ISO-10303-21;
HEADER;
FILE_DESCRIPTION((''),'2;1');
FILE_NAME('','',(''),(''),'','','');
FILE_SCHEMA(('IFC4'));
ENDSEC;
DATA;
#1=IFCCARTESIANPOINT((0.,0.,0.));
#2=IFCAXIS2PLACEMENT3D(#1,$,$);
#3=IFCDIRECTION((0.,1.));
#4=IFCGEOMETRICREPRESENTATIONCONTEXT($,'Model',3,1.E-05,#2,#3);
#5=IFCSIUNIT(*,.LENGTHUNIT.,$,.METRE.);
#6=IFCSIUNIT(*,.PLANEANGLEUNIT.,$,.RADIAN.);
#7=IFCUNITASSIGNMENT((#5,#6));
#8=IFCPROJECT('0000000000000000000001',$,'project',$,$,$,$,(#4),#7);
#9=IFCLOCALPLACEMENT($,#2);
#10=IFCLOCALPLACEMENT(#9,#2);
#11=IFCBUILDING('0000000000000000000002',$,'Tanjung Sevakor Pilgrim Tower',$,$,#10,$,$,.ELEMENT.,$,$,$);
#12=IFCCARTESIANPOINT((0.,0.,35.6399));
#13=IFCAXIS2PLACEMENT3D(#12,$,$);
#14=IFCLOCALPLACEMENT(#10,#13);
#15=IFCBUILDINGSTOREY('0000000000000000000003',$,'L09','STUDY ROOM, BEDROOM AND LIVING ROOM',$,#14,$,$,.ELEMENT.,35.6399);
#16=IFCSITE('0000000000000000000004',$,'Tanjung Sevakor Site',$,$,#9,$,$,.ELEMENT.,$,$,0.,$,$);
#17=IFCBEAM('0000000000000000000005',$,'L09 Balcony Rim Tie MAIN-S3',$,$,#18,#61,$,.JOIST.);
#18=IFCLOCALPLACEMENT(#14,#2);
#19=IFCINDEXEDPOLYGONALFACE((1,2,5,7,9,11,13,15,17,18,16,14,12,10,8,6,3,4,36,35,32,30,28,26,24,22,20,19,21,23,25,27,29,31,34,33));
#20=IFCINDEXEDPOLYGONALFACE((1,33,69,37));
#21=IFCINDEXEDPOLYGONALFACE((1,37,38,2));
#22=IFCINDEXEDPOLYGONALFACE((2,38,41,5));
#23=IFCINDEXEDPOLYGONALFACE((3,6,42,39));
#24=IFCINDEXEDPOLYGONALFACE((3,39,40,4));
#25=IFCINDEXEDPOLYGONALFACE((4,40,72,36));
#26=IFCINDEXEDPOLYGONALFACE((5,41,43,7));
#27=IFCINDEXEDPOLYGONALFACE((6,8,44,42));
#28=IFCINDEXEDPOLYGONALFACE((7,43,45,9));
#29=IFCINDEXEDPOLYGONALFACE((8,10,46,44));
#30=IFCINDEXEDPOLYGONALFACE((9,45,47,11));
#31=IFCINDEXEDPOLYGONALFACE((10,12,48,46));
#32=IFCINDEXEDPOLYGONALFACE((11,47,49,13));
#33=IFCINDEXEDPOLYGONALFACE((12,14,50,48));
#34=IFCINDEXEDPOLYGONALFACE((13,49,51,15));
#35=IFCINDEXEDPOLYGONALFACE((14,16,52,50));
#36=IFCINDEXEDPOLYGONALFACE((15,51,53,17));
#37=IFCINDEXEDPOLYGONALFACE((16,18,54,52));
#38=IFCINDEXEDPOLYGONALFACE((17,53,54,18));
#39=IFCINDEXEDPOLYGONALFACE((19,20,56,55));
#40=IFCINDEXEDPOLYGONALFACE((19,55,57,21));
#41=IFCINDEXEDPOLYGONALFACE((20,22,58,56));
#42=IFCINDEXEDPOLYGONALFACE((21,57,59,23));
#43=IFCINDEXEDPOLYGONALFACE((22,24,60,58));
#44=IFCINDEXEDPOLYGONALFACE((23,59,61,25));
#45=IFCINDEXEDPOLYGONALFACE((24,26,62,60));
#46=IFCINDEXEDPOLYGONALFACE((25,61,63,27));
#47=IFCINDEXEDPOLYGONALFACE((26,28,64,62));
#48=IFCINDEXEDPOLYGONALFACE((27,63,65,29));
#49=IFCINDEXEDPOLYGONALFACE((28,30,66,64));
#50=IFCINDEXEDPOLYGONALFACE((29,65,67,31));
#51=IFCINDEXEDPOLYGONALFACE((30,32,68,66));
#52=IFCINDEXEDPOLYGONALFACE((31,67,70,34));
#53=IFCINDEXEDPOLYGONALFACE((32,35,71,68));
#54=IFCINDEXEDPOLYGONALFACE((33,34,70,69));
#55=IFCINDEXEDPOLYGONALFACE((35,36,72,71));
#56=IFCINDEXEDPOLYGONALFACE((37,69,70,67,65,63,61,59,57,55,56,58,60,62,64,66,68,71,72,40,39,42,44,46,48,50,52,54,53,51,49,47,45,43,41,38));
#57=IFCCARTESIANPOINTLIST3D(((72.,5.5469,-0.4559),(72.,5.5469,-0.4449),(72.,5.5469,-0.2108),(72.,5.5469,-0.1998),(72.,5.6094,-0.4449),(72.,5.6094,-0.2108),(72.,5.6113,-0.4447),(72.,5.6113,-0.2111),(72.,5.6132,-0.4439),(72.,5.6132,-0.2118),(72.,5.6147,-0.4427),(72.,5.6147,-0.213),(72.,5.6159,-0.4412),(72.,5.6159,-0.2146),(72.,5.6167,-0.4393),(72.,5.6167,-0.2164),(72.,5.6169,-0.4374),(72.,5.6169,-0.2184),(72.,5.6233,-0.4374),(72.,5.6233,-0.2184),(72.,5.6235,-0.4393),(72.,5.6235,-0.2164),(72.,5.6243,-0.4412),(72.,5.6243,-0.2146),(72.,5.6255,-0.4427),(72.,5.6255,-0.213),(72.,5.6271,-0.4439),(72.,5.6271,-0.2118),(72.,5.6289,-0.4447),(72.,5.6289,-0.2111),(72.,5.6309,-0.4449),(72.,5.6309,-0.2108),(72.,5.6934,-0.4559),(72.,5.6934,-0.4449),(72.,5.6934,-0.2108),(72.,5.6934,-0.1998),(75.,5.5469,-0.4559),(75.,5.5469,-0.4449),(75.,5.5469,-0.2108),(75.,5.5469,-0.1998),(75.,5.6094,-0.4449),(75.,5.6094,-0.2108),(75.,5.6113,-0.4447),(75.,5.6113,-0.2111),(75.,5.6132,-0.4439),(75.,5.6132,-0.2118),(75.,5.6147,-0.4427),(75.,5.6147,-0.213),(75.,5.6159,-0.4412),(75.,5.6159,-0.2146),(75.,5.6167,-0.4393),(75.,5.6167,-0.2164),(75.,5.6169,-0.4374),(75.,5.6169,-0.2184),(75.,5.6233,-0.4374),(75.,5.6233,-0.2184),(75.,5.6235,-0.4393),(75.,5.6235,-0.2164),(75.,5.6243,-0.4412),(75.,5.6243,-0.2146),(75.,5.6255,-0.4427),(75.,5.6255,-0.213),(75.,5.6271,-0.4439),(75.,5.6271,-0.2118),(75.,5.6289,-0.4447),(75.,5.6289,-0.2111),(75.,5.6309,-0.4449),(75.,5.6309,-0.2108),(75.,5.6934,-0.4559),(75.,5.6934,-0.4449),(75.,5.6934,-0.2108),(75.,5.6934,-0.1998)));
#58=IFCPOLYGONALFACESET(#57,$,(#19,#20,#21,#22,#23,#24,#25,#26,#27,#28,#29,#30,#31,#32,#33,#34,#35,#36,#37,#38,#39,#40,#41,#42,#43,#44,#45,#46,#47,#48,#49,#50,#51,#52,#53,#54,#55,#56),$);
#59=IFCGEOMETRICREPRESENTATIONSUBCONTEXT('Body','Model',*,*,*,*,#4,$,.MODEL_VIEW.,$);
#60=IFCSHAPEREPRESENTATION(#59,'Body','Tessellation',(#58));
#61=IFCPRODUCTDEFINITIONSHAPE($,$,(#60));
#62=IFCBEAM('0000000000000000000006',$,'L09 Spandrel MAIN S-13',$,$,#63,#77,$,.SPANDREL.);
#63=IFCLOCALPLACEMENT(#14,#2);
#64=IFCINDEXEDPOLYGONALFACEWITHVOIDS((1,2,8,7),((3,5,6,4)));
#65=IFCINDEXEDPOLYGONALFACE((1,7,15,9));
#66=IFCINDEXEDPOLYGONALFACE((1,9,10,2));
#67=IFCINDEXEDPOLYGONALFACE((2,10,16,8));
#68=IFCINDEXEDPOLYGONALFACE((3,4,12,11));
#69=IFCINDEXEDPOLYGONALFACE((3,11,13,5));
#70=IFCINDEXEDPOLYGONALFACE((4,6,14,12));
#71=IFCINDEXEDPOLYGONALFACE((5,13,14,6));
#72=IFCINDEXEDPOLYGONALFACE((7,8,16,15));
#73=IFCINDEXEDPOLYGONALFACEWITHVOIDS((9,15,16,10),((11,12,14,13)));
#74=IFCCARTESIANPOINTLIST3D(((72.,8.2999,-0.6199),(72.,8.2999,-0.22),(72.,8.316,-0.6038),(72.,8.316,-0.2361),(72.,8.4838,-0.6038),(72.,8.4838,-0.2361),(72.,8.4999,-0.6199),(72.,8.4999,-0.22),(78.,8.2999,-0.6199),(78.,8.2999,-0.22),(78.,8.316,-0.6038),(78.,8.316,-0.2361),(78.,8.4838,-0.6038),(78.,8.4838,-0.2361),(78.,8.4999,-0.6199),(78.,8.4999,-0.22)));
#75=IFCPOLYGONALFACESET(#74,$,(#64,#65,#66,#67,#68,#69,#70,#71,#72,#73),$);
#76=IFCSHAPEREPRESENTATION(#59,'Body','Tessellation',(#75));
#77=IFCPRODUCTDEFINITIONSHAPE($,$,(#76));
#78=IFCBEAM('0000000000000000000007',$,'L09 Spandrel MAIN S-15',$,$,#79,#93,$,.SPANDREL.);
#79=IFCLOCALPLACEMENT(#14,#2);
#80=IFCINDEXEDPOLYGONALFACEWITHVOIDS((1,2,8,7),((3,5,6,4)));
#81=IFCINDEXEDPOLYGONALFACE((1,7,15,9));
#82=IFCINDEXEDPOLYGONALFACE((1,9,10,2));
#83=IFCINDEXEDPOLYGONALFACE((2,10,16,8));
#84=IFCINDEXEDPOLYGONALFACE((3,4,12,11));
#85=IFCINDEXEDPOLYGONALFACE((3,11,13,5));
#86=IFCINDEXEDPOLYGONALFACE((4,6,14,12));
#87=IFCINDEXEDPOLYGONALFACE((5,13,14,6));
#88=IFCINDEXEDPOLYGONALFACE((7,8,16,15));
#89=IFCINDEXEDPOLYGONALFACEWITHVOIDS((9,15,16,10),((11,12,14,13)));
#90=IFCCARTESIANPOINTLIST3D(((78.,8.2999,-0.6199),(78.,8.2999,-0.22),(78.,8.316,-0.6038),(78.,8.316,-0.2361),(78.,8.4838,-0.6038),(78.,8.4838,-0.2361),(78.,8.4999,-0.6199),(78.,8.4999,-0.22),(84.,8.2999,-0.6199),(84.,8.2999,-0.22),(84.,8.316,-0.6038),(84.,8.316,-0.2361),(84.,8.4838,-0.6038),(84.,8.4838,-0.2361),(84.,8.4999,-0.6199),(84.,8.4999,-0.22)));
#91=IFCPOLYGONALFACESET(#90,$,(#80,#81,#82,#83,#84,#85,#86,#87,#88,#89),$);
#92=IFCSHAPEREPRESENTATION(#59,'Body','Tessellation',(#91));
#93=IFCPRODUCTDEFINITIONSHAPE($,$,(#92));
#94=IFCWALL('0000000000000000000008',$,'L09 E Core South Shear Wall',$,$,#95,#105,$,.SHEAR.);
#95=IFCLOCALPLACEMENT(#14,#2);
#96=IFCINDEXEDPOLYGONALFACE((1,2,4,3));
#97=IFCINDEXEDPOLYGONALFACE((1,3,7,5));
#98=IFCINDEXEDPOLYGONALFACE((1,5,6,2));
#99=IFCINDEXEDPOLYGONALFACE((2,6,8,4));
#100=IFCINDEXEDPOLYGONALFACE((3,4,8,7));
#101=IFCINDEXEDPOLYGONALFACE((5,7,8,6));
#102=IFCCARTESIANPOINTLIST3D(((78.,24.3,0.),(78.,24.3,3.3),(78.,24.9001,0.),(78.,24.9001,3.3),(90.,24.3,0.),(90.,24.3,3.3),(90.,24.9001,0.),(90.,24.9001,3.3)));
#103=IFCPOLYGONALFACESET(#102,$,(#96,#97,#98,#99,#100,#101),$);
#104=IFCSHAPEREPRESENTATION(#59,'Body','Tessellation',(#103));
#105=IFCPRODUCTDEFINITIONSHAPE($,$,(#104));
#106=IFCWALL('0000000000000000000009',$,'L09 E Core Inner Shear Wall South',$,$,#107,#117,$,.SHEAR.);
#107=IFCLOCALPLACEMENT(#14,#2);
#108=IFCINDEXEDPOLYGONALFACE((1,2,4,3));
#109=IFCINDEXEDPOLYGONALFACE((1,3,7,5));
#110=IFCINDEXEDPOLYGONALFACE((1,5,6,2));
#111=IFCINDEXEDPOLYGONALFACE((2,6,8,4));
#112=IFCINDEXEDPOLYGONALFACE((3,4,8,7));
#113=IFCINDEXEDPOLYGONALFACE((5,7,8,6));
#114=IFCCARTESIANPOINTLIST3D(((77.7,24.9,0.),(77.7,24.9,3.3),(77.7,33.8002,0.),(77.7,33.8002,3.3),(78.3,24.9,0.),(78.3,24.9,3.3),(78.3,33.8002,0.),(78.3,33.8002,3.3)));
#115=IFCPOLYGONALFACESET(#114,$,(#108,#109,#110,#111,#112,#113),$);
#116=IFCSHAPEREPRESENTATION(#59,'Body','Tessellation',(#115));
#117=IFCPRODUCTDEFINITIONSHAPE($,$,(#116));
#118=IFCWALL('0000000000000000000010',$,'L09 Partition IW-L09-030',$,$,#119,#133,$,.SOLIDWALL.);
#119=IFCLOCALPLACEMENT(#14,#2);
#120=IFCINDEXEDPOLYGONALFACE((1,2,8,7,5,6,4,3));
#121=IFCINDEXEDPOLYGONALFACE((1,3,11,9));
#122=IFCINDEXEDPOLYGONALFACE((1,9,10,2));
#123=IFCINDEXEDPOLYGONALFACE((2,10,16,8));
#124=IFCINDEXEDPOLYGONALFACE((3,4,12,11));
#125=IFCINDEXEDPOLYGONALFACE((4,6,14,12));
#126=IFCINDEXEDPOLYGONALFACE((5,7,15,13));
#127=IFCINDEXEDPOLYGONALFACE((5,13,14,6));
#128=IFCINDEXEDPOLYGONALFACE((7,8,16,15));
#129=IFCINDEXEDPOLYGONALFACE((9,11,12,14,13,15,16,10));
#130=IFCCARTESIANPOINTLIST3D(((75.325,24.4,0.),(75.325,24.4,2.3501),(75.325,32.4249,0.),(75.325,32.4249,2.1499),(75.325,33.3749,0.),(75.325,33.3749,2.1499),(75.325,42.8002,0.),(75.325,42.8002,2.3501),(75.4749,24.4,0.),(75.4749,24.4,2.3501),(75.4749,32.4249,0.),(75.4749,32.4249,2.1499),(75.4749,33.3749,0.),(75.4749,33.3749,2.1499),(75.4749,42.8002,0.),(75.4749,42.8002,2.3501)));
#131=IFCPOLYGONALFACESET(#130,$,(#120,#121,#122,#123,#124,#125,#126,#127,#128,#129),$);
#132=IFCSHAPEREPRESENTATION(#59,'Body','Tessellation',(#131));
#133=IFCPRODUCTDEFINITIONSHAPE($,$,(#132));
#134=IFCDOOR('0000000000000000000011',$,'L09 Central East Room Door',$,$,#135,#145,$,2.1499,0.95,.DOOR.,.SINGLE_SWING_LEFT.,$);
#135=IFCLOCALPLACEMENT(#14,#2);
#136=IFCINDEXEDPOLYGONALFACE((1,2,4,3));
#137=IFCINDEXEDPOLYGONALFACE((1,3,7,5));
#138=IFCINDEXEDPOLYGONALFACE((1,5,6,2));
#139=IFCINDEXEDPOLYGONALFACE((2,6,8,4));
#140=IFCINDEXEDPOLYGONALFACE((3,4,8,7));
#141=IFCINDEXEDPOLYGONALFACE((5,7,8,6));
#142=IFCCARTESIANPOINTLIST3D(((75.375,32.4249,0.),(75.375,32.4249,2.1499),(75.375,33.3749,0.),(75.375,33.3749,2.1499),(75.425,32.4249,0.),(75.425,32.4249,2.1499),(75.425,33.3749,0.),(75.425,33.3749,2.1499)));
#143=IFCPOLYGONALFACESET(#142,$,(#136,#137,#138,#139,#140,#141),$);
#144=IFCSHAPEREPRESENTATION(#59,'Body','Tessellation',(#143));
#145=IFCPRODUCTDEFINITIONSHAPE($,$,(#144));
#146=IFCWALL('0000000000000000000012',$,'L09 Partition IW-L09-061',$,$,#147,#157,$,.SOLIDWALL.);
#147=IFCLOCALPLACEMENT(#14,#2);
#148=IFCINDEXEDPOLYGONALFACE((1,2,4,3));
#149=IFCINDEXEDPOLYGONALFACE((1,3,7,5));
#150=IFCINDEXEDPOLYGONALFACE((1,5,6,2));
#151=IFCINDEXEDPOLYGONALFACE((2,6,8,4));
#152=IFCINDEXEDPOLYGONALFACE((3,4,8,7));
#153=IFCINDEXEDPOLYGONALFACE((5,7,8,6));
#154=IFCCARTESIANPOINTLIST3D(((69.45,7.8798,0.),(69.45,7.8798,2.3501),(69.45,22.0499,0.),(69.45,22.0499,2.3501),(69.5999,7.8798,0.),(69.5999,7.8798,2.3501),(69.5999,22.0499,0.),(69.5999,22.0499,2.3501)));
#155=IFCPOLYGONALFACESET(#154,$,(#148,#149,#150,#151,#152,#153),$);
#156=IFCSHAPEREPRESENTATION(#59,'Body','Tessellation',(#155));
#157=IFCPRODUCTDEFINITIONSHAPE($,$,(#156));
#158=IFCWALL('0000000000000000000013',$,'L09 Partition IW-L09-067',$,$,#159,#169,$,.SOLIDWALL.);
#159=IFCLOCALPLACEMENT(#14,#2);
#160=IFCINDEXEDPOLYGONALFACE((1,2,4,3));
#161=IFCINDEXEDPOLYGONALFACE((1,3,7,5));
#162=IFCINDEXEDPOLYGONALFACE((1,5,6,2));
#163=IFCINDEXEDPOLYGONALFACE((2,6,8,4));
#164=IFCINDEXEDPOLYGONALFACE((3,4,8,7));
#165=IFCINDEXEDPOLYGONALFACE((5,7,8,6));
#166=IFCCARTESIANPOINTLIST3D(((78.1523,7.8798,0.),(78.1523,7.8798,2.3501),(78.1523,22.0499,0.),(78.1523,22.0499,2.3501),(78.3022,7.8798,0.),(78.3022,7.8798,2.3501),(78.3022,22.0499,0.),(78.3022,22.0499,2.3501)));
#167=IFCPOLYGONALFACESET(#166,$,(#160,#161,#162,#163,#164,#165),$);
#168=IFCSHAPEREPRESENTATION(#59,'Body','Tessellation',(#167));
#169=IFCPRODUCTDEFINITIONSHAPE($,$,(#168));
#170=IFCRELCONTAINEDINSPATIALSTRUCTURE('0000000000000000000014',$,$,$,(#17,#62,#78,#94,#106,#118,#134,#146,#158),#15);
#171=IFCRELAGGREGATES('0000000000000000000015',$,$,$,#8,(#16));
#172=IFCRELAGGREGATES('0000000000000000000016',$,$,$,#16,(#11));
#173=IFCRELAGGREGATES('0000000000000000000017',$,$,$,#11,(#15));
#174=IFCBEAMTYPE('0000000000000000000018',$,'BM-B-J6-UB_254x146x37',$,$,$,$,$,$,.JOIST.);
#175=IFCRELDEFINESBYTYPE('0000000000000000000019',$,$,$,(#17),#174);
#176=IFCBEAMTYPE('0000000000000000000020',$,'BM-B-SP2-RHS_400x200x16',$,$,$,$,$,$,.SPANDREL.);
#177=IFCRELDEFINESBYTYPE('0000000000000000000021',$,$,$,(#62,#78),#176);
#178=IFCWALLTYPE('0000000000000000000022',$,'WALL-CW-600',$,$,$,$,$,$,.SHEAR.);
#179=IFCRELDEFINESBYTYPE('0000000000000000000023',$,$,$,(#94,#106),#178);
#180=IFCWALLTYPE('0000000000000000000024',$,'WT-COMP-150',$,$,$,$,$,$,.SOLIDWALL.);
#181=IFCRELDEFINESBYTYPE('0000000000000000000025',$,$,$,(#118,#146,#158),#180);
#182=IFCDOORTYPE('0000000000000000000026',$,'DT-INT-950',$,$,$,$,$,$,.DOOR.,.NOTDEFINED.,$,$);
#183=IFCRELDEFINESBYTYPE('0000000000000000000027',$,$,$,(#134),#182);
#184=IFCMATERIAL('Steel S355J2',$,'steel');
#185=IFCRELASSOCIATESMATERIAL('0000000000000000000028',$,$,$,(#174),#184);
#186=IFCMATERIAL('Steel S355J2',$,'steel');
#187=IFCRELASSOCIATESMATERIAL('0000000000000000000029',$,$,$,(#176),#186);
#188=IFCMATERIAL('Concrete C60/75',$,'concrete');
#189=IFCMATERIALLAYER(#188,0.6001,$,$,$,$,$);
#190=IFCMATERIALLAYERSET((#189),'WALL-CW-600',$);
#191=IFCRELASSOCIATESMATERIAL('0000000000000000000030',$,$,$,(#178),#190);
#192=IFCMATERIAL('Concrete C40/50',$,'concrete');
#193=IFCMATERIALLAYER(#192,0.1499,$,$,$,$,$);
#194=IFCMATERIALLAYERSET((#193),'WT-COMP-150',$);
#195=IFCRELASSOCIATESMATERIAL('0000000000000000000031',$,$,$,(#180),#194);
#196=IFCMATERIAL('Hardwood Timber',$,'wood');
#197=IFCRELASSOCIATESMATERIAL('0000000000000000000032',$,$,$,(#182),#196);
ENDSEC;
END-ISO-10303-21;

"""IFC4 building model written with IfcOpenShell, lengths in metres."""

from ifc_helpers import new_model, si_unit, direction, frame, frame_2d, origin, origin_2d, place, context, subcontext, project, spatial, rectangle, hollow_rectangle, i_section, extrude, material, layer, layer_set, material_profile, profile_set, type_object, element, fill, save


model = new_model("IFC4")

# Units and contexts
model_context = context("Model", 3, precision=1e-05, world=origin(), true_north=direction((0.0, 1.0)))
body_context = subcontext(model_context, "Body", "Model", "MODEL_VIEW")
ifc_project = project(units=[si_unit("LENGTHUNIT", "METRE"), si_unit("PLANEANGLEUNIT", "RADIAN")], contexts=[model_context])

# Site, building, storey
site_placement = place(None, origin())
site = spatial("IfcSite", under=ifc_project, at=site_placement, Name="Tanjung Sevakor Site", CompositionType="ELEMENT", RefElevation=0.0)
building_placement = place(site_placement, origin())
building = spatial("IfcBuilding", under=site, at=building_placement, Name="Tanjung Sevakor Pilgrim Tower", CompositionType="ELEMENT")
storey_placement = place(building_placement, frame((0.0, 0.0, 35.6399)))
storey = spatial("IfcBuildingStorey", under=building, at=storey_placement, Name="L09", Description="STUDY ROOM, BEDROOM AND LIVING ROOM", CompositionType="ELEMENT", Elevation=35.6399)

# Beams
ifc_material_1 = material(Name="Steel S355J2", Category="steel")
ifc_material_profile_1 = material_profile(ifc_material_1, i_section(OverallWidth=0.1465, OverallDepth=0.2561, WebThickness=0.0063, FlangeThickness=0.011, FilletRadius=0.0076, at=origin_2d()))
ifc_profile_set_1 = profile_set([ifc_material_profile_1], Name="Steel S355J2")
beam_type_1 = type_object("IfcBeamType", Name="BM-B-J6-UB_254x146x37", PredefinedType="JOIST", material=ifc_profile_set_1)
beam_1_placement = place(storey_placement, frame((72.0, 5.6201, -0.3279), z_axis=(1.0, 0.0, 0.0), x_axis=(0.0, 1.0, 0.0)))
element("IfcBeam", 1, at=beam_1_placement, inside=storey, type_object=beam_type_1, Name="L09 Balcony Rim Tie MAIN-S3", PredefinedType="JOIST", context=body_context, shape_type="SweptSolid", body=[
    extrude(i_section(OverallWidth=0.1465, OverallDepth=0.2561, WebThickness=0.0063, FlangeThickness=0.011, FilletRadius=0.0076, at=origin_2d()), origin(), (0.0, 0.0, 1.0), 3.0),
])
ifc_material_2 = material(Name="Steel S355J2", Category="steel")
ifc_material_profile_2 = material_profile(ifc_material_2, hollow_rectangle(XDim=0.2, YDim=0.3999, WallThickness=0.0161, at=origin_2d()))
ifc_profile_set_2 = profile_set([ifc_material_profile_2], Name="Steel S355J2")
beam_type_2 = type_object("IfcBeamType", Name="BM-B-SP2-RHS_400x200x16", PredefinedType="SPANDREL", material=ifc_profile_set_2)
for number, where, z_axis, x_axis, name in (
    (2, (72.0, 8.3999, -0.4199), (1.0, 0.0, 0.0), (0.0, 1.0, 0.0), "L09 Spandrel MAIN S-13"),
    (3, (78.0, 8.3999, -0.4199), (1.0, 0.0, 0.0), (0.0, 1.0, 0.0), "L09 Spandrel MAIN S-15"),
):
    element("IfcBeam", number, at=place(storey_placement, frame(where, z_axis=z_axis, x_axis=x_axis)), inside=storey, type_object=beam_type_2, Name=name, PredefinedType="SPANDREL", context=body_context, shape_type="SweptSolid", body=[
        extrude(hollow_rectangle(XDim=0.2, YDim=0.3999, WallThickness=0.0161, at=origin_2d()), origin(), (0.0, 0.0, 1.0), 6.0),
    ])

# Walls
ifc_material_3 = material(Name="Concrete C60/75", Category="concrete")
ifc_layer_1 = layer(ifc_material_3, 0.6001)
ifc_layer_set_1 = layer_set([ifc_layer_1], Name="WALL-CW-600")
wall_type_1 = type_object("IfcWallType", Name="WALL-CW-600", PredefinedType="SHEAR", material=ifc_layer_set_1)
wall_1_placement = place(storey_placement, frame((78.0, 24.6001, 0.0), z_axis=(0.0, 0.0, 1.0), x_axis=(1.0, 0.0, 0.0)))
element("IfcWall", 4, at=wall_1_placement, inside=storey, type_object=wall_type_1, Name="L09 E Core South Shear Wall", PredefinedType="SHEAR", context=body_context, shape_type="SweptSolid", body=[
    extrude(rectangle(XDim=12.0, YDim=0.6001, at=frame_2d((6.0, 0.0))), origin(), (0.0, 0.0, 1.0), 3.3),
])
wall_2_placement = place(storey_placement, frame((78.0, 24.8999, 0.0), z_axis=(0.0, 0.0, 1.0), x_axis=(0.0, 1.0, 0.0)))
element("IfcWall", 5, at=wall_2_placement, inside=storey, type_object=wall_type_1, Name="L09 E Core Inner Shear Wall South", PredefinedType="SHEAR", context=body_context, shape_type="SweptSolid", body=[
    extrude(rectangle(XDim=8.9001, YDim=0.6001, at=frame_2d((4.4502, 0.0))), origin(), (0.0, 0.0, 1.0), 3.3),
])

# Wall, opening, door
ifc_material_4 = material(Name="Concrete C40/50", Category="concrete")
ifc_layer_2 = layer(ifc_material_4, 0.1499)
ifc_layer_set_2 = layer_set([ifc_layer_2], Name="WT-COMP-150")
wall_type_2 = type_object("IfcWallType", Name="WT-COMP-150", PredefinedType="SOLIDWALL", material=ifc_layer_set_2)
wall_3_placement = place(storey_placement, frame((75.3999, 24.3999, 0.0), z_axis=(0.0, 0.0, 1.0), x_axis=(0.0, 1.0, 0.0)))
wall_3 = element("IfcWall", 6, at=wall_3_placement, inside=storey, type_object=wall_type_2, Name="L09 Partition IW-L09-030", PredefinedType="SOLIDWALL", context=body_context, shape_type="SweptSolid", body=[
    extrude(rectangle(XDim=18.4001, YDim=0.1499, at=frame_2d((9.2002, 0.0))), origin(), (0.0, 0.0, 1.0), 2.3501),
])
opening_1_placement = place(wall_3_placement, frame((8.0249, 0.0, 0.0)))
opening_1 = element("IfcOpeningElement", 7, at=opening_1_placement, cuts=wall_3, PredefinedType="OPENING", context=body_context, shape_type="SweptSolid", body=[
    extrude(rectangle(XDim=0.95, YDim=2.1499, at=frame_2d((0.4751, 1.075))), frame((0.0, 0.085, 0.0), z_axis=(0.0, -1.0, 0.0), x_axis=(1.0, 0.0, 0.0)), (0.0, 0.0, 1.0), 0.1699),
])
ifc_material_5 = material(Name="Hardwood Timber", Category="wood")
door_type_1 = type_object("IfcDoorType", Name="DT-INT-950", OperationType="NOTDEFINED", PredefinedType="DOOR", material=ifc_material_5)
door_1_placement = place(opening_1_placement, origin())
door_1 = element("IfcDoor", 8, at=door_1_placement, inside=storey, type_object=door_type_1, Name="L09 Central East Room Door", OperationType="SINGLE_SWING_LEFT", OverallHeight=2.1499, OverallWidth=0.95, PredefinedType="DOOR", context=body_context, shape_type="SweptSolid", body=[
    extrude(rectangle(XDim=0.95, YDim=2.1499, at=frame_2d((0.4751, 1.075))), frame((0.0, 0.0249, 0.0), z_axis=(0.0, -1.0, 0.0), x_axis=(1.0, 0.0, 0.0)), (0.0, 0.0, 1.0), 0.05),
])
fill(opening_1, door_1)

# Walls
for number, where, z_axis, x_axis, name in (
    (9, (69.5249, 7.8799, 0.0), (0.0, 0.0, 1.0), (0.0, 1.0, 0.0), "L09 Partition IW-L09-061"),
    (10, (78.2273, 7.8799, 0.0), (0.0, 0.0, 1.0), (0.0, 1.0, 0.0), "L09 Partition IW-L09-067"),
):
    element("IfcWall", number, at=place(storey_placement, frame(where, z_axis=z_axis, x_axis=x_axis)), inside=storey, type_object=wall_type_2, Name=name, PredefinedType="SOLIDWALL", context=body_context, shape_type="SweptSolid", body=[
        extrude(rectangle(XDim=14.1702, YDim=0.1499, at=frame_2d((7.085, 0.0))), origin(), (0.0, 0.0, 1.0), 2.3501),
    ])

save(model, "model.ifc")
